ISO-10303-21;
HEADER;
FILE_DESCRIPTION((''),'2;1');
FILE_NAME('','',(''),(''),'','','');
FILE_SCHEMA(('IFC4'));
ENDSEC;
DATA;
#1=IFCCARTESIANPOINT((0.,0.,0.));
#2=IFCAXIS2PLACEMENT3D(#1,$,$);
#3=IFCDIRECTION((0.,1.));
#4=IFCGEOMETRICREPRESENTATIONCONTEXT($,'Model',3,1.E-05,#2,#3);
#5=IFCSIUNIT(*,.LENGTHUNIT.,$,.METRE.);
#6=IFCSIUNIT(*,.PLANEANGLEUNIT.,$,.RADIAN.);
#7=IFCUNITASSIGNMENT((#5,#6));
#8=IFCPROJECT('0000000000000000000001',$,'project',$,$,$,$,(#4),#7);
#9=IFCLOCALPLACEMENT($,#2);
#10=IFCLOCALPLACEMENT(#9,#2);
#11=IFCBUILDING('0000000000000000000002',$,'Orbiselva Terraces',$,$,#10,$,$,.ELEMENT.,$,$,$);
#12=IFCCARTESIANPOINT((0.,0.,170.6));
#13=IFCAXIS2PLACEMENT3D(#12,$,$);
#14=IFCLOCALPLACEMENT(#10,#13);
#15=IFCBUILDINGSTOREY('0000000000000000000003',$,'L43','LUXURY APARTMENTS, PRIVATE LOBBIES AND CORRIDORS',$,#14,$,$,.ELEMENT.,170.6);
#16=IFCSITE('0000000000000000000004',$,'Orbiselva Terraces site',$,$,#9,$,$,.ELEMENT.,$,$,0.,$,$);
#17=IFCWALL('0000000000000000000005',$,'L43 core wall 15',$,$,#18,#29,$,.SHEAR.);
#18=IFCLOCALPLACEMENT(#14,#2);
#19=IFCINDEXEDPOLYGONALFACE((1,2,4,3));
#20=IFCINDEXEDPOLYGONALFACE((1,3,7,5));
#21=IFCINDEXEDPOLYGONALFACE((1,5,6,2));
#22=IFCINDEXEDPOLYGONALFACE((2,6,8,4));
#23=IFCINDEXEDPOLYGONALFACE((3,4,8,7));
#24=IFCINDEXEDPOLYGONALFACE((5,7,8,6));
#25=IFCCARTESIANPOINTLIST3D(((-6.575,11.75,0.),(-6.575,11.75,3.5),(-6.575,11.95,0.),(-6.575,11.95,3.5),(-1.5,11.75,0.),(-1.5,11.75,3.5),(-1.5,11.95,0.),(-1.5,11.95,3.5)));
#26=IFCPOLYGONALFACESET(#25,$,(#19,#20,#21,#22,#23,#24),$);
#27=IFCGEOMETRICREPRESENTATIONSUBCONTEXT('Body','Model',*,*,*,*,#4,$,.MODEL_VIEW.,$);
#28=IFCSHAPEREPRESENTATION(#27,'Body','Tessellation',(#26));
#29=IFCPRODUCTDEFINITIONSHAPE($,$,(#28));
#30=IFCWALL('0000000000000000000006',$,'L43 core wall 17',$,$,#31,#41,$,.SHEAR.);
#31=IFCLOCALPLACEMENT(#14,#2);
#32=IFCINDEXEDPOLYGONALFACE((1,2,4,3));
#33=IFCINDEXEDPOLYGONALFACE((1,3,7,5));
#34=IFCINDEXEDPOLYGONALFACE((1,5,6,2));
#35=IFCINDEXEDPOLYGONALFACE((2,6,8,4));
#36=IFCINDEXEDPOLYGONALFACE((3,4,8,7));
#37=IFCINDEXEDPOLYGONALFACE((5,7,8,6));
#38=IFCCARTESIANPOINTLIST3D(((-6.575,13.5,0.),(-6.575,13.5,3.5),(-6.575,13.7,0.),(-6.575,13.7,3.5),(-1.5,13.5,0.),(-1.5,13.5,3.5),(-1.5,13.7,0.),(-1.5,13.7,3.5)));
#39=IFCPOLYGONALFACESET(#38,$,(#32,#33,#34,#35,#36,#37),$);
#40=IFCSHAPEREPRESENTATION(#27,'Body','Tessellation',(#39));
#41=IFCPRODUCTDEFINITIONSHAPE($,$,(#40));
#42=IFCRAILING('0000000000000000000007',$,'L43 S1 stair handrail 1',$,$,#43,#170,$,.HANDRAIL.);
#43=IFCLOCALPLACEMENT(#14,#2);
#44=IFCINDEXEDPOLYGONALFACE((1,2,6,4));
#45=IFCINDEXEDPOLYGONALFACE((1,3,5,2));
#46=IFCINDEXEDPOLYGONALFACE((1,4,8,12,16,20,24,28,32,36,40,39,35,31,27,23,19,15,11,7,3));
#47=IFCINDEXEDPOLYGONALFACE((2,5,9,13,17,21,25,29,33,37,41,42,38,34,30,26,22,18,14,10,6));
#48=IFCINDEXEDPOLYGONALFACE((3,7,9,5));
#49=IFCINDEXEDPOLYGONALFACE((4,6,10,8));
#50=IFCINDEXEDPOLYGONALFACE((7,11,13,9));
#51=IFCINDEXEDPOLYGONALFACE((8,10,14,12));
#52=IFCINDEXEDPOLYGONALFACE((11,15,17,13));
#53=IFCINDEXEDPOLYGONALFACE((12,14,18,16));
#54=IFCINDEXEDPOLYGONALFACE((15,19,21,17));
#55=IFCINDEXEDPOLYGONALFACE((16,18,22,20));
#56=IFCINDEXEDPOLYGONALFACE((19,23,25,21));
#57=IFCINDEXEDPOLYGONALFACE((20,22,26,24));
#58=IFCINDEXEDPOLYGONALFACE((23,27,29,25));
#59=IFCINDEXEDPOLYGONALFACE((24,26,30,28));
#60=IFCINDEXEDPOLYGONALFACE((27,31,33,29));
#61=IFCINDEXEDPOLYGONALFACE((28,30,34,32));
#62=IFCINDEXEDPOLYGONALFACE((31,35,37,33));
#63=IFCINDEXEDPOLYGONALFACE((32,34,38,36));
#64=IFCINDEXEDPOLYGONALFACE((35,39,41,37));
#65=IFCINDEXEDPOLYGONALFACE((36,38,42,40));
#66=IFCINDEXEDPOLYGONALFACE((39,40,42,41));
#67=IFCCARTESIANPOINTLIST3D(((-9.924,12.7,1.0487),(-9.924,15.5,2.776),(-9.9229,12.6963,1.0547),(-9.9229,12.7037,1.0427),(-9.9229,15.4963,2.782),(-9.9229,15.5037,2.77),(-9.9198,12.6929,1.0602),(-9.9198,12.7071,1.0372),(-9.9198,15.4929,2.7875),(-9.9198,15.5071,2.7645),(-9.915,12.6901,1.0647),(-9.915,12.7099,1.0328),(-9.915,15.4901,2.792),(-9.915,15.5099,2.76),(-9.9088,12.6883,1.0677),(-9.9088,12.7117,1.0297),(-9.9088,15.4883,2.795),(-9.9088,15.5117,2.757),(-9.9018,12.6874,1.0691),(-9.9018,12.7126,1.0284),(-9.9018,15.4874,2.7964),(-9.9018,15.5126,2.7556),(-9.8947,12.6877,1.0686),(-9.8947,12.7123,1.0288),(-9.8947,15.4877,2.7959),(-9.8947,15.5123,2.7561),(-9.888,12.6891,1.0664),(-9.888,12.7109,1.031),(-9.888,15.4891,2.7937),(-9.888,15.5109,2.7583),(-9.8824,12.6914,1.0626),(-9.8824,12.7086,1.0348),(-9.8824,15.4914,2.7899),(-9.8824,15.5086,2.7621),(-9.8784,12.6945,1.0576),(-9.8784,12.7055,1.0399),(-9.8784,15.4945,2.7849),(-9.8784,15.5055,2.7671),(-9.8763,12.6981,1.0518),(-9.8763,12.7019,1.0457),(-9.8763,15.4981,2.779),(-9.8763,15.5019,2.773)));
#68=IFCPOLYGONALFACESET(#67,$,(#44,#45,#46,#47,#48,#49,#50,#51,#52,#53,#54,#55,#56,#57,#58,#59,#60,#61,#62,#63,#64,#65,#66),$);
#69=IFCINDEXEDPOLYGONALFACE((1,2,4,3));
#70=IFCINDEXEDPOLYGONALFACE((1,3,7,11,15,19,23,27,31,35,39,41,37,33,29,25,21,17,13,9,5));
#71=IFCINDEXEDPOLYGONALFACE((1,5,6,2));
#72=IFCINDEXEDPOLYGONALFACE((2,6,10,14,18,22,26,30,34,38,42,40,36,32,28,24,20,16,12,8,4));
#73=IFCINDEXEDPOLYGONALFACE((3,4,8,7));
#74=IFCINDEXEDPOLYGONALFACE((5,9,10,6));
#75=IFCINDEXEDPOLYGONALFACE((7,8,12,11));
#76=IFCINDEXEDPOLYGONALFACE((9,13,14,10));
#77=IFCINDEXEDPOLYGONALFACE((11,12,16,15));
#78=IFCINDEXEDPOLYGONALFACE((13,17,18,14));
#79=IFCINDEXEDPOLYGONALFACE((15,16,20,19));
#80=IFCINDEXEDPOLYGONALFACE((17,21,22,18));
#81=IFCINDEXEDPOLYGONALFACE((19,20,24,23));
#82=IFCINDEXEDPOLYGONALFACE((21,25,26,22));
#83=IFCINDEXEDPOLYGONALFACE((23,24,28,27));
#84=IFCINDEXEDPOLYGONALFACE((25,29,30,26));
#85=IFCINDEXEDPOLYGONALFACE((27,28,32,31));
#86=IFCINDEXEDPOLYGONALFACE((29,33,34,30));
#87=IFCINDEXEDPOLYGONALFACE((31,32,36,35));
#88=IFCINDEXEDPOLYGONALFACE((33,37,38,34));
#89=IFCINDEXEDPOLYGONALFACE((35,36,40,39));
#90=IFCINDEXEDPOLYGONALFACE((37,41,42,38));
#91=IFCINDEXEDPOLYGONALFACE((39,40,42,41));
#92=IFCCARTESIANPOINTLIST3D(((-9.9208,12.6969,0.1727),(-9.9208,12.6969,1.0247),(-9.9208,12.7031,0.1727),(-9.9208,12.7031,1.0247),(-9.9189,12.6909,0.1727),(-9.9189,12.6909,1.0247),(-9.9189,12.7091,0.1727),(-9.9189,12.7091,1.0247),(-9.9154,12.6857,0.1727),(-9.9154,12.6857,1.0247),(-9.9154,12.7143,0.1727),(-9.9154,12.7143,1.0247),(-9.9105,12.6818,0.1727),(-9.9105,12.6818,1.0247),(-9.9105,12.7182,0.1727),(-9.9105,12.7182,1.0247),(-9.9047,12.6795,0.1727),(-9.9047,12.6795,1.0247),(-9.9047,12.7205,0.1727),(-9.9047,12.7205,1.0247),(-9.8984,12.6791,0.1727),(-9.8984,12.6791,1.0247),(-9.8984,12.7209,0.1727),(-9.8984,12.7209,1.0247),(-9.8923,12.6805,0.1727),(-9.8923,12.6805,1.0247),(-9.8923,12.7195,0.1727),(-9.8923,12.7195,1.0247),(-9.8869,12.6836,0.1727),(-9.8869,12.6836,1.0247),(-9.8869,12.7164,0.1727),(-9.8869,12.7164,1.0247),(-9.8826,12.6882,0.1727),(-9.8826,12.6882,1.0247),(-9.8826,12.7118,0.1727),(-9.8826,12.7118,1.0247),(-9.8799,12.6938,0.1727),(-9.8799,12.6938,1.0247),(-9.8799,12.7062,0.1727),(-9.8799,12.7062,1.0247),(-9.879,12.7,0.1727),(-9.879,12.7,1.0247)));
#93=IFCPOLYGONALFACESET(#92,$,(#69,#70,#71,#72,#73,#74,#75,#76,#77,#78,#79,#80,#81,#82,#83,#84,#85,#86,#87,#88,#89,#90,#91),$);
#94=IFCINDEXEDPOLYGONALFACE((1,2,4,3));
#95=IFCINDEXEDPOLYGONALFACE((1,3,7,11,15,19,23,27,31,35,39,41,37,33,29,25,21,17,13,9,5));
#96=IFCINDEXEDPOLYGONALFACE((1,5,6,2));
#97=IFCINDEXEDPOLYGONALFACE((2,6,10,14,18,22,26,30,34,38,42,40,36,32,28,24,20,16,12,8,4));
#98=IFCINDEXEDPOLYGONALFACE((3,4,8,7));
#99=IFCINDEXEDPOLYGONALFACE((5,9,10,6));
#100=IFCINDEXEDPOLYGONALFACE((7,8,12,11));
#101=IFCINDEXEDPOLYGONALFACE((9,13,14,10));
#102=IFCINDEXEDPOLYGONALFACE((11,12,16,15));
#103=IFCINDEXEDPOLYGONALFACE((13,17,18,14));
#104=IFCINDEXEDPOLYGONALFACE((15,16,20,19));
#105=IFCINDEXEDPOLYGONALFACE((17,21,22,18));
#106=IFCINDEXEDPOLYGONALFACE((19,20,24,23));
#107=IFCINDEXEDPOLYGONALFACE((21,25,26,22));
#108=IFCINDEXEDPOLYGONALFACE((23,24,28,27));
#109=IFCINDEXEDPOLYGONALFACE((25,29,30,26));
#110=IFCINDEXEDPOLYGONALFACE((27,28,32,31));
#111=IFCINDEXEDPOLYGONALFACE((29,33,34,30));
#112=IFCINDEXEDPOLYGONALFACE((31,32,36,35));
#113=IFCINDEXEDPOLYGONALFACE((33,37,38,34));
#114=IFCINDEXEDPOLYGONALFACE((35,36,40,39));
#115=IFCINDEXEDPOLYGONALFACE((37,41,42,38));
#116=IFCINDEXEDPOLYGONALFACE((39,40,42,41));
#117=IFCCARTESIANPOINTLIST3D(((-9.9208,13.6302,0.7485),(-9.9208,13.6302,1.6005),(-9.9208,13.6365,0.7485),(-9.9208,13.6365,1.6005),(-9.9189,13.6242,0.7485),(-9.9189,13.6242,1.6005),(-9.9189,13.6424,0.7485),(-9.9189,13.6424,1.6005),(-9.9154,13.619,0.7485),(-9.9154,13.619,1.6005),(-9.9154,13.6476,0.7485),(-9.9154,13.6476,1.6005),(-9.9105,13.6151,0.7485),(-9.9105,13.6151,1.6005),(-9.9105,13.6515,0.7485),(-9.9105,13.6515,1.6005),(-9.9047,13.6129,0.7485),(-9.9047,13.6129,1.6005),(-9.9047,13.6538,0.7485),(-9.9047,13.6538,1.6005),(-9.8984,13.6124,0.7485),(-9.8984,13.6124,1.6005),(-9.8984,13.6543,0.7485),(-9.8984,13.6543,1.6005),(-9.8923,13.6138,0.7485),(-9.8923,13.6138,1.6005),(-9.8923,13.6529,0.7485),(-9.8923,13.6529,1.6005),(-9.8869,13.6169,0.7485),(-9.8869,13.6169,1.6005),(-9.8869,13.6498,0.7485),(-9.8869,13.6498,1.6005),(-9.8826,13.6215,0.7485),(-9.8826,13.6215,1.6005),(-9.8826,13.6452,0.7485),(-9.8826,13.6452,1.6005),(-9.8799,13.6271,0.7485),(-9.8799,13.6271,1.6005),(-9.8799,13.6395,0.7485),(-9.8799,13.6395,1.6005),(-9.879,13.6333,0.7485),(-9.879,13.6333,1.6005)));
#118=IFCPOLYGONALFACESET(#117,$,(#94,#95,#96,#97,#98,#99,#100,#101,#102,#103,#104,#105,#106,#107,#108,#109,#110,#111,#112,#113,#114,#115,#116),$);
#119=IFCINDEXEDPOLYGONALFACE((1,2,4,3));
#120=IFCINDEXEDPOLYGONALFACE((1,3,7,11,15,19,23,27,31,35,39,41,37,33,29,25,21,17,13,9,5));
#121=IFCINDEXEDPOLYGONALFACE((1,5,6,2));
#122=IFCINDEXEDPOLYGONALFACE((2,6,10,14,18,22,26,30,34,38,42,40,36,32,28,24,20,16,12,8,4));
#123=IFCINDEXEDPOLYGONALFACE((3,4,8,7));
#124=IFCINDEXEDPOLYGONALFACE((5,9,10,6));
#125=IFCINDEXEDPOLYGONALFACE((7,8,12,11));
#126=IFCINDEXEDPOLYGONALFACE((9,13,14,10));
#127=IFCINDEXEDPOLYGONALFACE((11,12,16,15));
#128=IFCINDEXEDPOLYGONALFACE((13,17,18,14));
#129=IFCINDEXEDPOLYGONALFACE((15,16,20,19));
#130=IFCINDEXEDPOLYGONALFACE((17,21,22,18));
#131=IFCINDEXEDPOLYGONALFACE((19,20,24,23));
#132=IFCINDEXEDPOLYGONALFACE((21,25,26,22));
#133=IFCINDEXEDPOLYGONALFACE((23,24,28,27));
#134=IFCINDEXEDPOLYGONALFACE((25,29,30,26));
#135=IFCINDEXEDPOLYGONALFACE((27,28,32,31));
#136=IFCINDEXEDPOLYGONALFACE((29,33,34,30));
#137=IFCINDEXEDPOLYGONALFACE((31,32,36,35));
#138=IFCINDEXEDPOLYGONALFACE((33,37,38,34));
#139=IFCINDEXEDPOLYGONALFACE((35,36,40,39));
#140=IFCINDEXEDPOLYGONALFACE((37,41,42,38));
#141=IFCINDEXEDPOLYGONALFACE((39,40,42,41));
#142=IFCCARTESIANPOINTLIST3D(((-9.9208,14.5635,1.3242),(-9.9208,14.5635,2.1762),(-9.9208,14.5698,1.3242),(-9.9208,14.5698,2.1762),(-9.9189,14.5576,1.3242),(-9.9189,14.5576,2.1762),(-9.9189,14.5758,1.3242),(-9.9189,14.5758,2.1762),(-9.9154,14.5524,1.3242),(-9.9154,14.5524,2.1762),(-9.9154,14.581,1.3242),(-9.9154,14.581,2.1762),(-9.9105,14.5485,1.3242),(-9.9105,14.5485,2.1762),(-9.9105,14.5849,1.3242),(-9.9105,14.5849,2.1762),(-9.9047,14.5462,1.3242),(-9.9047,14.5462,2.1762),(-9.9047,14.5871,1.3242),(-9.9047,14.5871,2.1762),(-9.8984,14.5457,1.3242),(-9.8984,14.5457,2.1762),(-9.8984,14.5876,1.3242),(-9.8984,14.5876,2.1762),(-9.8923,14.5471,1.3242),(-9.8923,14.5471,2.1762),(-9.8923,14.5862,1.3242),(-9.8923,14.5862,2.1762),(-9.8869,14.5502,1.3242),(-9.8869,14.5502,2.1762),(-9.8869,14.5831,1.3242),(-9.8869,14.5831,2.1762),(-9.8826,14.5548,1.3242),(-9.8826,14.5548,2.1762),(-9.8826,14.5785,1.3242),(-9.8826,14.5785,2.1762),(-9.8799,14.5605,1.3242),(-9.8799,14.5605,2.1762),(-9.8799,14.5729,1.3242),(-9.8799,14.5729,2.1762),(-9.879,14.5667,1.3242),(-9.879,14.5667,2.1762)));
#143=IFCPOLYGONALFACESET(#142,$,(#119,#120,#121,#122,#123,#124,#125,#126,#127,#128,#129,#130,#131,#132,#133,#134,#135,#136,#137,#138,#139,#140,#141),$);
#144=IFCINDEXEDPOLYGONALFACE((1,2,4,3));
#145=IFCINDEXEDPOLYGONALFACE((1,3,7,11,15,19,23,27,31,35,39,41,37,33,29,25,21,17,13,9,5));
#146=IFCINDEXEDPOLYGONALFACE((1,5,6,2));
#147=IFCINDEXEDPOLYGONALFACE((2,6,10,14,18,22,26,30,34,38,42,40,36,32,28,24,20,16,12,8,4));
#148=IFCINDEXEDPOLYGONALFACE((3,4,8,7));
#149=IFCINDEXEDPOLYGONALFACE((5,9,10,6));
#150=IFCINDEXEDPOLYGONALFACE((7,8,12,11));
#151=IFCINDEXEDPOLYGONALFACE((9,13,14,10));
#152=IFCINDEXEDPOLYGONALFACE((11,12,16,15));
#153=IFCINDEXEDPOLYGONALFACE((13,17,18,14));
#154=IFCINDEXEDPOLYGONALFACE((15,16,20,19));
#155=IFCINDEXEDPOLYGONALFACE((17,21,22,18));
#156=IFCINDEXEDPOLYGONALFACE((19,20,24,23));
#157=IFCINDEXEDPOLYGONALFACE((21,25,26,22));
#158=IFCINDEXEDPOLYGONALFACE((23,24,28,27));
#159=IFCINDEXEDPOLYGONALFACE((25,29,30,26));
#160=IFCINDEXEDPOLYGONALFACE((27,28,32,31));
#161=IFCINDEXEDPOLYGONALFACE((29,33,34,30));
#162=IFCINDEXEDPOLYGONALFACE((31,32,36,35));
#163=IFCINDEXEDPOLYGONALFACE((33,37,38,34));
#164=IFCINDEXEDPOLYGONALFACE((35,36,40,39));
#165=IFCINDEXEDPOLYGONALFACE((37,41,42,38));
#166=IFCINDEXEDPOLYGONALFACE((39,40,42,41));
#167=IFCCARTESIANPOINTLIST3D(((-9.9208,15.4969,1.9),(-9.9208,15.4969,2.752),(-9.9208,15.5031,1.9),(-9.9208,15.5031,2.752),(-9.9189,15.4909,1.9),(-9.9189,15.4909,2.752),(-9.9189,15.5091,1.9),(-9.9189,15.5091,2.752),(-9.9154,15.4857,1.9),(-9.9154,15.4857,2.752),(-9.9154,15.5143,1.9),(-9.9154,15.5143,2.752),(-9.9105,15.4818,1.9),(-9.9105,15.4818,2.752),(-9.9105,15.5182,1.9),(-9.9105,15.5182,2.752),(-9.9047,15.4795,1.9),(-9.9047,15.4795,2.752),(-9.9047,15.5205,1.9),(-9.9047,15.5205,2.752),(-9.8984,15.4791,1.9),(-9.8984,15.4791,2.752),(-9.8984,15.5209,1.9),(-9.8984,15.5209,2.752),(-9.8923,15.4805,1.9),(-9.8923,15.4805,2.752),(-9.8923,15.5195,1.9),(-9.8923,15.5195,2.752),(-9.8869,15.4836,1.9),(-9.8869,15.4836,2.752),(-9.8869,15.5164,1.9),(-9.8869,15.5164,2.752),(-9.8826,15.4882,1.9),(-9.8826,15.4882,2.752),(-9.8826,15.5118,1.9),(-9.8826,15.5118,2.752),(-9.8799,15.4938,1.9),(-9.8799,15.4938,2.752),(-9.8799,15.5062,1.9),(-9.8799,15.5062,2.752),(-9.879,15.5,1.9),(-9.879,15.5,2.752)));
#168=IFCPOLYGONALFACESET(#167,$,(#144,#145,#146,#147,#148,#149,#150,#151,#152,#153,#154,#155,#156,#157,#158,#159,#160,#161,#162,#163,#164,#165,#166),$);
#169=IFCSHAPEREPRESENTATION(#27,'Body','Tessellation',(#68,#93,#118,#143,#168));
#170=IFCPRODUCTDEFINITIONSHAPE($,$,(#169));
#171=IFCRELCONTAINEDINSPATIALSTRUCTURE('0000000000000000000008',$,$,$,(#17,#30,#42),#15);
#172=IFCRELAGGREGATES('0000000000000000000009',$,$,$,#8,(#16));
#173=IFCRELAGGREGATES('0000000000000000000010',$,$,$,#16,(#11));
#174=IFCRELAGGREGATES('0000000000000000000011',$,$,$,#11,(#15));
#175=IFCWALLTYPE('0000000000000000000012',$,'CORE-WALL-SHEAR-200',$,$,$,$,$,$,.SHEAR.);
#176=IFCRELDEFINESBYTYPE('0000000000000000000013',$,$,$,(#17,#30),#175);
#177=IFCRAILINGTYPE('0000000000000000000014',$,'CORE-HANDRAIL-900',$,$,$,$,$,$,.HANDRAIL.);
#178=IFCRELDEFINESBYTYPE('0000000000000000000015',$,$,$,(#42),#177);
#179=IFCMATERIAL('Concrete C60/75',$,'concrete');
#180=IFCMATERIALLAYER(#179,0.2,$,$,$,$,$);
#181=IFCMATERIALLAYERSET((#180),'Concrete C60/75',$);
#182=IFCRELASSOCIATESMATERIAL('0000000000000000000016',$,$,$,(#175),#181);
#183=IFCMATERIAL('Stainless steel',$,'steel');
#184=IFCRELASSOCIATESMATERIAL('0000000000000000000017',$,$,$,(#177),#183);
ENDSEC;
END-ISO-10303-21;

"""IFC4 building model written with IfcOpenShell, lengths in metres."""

from ifc_helpers import new_model, si_unit, direction, frame, frame_2d, origin, origin_2d, place, context, subcontext, project, spatial, rectangle, circle, extrude, material, layer, layer_set, type_object, element, save


model = new_model("IFC4")

# Units and contexts
model_context = context("Model", 3, precision=1e-05, world=origin(), true_north=direction((0.0, 1.0)))
body_context = subcontext(model_context, "Body", "Model", "MODEL_VIEW")
ifc_project = project(units=[si_unit("LENGTHUNIT", "METRE"), si_unit("PLANEANGLEUNIT", "RADIAN")], contexts=[model_context])

# Site, building, storey
site_placement = place(None, origin())
site = spatial("IfcSite", under=ifc_project, at=site_placement, Name="Orbiselva Terraces site", CompositionType="ELEMENT", RefElevation=0.0)
building_placement = place(site_placement, origin())
building = spatial("IfcBuilding", under=site, at=building_placement, Name="Orbiselva Terraces", CompositionType="ELEMENT")
storey_placement = place(building_placement, frame((0.0, 0.0, 170.6)))
storey = spatial("IfcBuildingStorey", under=building, at=storey_placement, Name="L43", Description="LUXURY APARTMENTS, PRIVATE LOBBIES AND CORRIDORS", CompositionType="ELEMENT", Elevation=170.6)

# Shared definitions
ifc_material_1 = material(Name="Concrete C60/75", Category="concrete")
ifc_layer_1 = layer(ifc_material_1, 0.2)
ifc_layer_set_1 = layer_set([ifc_layer_1], Name="Concrete C60/75")
wall_type_1 = type_object("IfcWallType", Name="CORE-WALL-SHEAR-200", PredefinedType="SHEAR", material=ifc_layer_set_1)

# Walls
for number, where, z_axis, x_axis, name in (
    (1, (-6.575, 11.85, 0.0), (0.0, 0.0, 1.0), (1.0, 0.0, 0.0), "L43 core wall 15"),
    (2, (-6.575, 13.6, 0.0), (0.0, 0.0, 1.0), (1.0, 0.0, 0.0), "L43 core wall 17"),
):
    element("IfcWall", number, at=place(storey_placement, frame(where, z_axis=z_axis, x_axis=x_axis)), inside=storey, type_object=wall_type_1, Name=name, PredefinedType="SHEAR", context=body_context, shape_type="SweptSolid", body=[
        extrude(rectangle(XDim=5.075, YDim=0.2, at=frame_2d((2.5375, 0.0))), origin(), (0.0, 0.0, 1.0), 3.5),
    ])

# Railing
ifc_material_2 = material(Name="Stainless steel", Category="steel")
railing_type = type_object("IfcRailingType", Name="CORE-HANDRAIL-900", PredefinedType="HANDRAIL", material=ifc_material_2)
railing_placement = place(storey_placement, frame((-9.9, 12.7, 0.1727)))
element("IfcRailing", 3, at=railing_placement, inside=storey, type_object=railing_type, Name="L43 S1 stair handrail 1", PredefinedType="HANDRAIL", context=body_context, shape_type="SweptSolid", body=[
    extrude(circle(Radius=0.024, at=origin_2d()), frame((0.0, 0.0, 0.876), z_axis=(0.0, 0.851089, 0.525022), x_axis=(-1.0, 0.0, 0.0)), (0.0, 0.0, 1.0), 3.2899),
    extrude(circle(Radius=0.021, at=origin_2d()), origin(), (0.0, 0.0, 1.0), 0.852),
    extrude(circle(Radius=0.021, at=origin_2d()), frame((0.0, 0.9333, 0.5758)), (0.0, 0.0, 1.0), 0.852),
    extrude(circle(Radius=0.021, at=origin_2d()), frame((0.0, 1.8667, 1.1515)), (0.0, 0.0, 1.0), 0.852),
    extrude(circle(Radius=0.021, at=origin_2d()), frame((0.0, 2.8, 1.7273)), (0.0, 0.0, 1.0), 0.852),
])

save(model, "model.ifc")
